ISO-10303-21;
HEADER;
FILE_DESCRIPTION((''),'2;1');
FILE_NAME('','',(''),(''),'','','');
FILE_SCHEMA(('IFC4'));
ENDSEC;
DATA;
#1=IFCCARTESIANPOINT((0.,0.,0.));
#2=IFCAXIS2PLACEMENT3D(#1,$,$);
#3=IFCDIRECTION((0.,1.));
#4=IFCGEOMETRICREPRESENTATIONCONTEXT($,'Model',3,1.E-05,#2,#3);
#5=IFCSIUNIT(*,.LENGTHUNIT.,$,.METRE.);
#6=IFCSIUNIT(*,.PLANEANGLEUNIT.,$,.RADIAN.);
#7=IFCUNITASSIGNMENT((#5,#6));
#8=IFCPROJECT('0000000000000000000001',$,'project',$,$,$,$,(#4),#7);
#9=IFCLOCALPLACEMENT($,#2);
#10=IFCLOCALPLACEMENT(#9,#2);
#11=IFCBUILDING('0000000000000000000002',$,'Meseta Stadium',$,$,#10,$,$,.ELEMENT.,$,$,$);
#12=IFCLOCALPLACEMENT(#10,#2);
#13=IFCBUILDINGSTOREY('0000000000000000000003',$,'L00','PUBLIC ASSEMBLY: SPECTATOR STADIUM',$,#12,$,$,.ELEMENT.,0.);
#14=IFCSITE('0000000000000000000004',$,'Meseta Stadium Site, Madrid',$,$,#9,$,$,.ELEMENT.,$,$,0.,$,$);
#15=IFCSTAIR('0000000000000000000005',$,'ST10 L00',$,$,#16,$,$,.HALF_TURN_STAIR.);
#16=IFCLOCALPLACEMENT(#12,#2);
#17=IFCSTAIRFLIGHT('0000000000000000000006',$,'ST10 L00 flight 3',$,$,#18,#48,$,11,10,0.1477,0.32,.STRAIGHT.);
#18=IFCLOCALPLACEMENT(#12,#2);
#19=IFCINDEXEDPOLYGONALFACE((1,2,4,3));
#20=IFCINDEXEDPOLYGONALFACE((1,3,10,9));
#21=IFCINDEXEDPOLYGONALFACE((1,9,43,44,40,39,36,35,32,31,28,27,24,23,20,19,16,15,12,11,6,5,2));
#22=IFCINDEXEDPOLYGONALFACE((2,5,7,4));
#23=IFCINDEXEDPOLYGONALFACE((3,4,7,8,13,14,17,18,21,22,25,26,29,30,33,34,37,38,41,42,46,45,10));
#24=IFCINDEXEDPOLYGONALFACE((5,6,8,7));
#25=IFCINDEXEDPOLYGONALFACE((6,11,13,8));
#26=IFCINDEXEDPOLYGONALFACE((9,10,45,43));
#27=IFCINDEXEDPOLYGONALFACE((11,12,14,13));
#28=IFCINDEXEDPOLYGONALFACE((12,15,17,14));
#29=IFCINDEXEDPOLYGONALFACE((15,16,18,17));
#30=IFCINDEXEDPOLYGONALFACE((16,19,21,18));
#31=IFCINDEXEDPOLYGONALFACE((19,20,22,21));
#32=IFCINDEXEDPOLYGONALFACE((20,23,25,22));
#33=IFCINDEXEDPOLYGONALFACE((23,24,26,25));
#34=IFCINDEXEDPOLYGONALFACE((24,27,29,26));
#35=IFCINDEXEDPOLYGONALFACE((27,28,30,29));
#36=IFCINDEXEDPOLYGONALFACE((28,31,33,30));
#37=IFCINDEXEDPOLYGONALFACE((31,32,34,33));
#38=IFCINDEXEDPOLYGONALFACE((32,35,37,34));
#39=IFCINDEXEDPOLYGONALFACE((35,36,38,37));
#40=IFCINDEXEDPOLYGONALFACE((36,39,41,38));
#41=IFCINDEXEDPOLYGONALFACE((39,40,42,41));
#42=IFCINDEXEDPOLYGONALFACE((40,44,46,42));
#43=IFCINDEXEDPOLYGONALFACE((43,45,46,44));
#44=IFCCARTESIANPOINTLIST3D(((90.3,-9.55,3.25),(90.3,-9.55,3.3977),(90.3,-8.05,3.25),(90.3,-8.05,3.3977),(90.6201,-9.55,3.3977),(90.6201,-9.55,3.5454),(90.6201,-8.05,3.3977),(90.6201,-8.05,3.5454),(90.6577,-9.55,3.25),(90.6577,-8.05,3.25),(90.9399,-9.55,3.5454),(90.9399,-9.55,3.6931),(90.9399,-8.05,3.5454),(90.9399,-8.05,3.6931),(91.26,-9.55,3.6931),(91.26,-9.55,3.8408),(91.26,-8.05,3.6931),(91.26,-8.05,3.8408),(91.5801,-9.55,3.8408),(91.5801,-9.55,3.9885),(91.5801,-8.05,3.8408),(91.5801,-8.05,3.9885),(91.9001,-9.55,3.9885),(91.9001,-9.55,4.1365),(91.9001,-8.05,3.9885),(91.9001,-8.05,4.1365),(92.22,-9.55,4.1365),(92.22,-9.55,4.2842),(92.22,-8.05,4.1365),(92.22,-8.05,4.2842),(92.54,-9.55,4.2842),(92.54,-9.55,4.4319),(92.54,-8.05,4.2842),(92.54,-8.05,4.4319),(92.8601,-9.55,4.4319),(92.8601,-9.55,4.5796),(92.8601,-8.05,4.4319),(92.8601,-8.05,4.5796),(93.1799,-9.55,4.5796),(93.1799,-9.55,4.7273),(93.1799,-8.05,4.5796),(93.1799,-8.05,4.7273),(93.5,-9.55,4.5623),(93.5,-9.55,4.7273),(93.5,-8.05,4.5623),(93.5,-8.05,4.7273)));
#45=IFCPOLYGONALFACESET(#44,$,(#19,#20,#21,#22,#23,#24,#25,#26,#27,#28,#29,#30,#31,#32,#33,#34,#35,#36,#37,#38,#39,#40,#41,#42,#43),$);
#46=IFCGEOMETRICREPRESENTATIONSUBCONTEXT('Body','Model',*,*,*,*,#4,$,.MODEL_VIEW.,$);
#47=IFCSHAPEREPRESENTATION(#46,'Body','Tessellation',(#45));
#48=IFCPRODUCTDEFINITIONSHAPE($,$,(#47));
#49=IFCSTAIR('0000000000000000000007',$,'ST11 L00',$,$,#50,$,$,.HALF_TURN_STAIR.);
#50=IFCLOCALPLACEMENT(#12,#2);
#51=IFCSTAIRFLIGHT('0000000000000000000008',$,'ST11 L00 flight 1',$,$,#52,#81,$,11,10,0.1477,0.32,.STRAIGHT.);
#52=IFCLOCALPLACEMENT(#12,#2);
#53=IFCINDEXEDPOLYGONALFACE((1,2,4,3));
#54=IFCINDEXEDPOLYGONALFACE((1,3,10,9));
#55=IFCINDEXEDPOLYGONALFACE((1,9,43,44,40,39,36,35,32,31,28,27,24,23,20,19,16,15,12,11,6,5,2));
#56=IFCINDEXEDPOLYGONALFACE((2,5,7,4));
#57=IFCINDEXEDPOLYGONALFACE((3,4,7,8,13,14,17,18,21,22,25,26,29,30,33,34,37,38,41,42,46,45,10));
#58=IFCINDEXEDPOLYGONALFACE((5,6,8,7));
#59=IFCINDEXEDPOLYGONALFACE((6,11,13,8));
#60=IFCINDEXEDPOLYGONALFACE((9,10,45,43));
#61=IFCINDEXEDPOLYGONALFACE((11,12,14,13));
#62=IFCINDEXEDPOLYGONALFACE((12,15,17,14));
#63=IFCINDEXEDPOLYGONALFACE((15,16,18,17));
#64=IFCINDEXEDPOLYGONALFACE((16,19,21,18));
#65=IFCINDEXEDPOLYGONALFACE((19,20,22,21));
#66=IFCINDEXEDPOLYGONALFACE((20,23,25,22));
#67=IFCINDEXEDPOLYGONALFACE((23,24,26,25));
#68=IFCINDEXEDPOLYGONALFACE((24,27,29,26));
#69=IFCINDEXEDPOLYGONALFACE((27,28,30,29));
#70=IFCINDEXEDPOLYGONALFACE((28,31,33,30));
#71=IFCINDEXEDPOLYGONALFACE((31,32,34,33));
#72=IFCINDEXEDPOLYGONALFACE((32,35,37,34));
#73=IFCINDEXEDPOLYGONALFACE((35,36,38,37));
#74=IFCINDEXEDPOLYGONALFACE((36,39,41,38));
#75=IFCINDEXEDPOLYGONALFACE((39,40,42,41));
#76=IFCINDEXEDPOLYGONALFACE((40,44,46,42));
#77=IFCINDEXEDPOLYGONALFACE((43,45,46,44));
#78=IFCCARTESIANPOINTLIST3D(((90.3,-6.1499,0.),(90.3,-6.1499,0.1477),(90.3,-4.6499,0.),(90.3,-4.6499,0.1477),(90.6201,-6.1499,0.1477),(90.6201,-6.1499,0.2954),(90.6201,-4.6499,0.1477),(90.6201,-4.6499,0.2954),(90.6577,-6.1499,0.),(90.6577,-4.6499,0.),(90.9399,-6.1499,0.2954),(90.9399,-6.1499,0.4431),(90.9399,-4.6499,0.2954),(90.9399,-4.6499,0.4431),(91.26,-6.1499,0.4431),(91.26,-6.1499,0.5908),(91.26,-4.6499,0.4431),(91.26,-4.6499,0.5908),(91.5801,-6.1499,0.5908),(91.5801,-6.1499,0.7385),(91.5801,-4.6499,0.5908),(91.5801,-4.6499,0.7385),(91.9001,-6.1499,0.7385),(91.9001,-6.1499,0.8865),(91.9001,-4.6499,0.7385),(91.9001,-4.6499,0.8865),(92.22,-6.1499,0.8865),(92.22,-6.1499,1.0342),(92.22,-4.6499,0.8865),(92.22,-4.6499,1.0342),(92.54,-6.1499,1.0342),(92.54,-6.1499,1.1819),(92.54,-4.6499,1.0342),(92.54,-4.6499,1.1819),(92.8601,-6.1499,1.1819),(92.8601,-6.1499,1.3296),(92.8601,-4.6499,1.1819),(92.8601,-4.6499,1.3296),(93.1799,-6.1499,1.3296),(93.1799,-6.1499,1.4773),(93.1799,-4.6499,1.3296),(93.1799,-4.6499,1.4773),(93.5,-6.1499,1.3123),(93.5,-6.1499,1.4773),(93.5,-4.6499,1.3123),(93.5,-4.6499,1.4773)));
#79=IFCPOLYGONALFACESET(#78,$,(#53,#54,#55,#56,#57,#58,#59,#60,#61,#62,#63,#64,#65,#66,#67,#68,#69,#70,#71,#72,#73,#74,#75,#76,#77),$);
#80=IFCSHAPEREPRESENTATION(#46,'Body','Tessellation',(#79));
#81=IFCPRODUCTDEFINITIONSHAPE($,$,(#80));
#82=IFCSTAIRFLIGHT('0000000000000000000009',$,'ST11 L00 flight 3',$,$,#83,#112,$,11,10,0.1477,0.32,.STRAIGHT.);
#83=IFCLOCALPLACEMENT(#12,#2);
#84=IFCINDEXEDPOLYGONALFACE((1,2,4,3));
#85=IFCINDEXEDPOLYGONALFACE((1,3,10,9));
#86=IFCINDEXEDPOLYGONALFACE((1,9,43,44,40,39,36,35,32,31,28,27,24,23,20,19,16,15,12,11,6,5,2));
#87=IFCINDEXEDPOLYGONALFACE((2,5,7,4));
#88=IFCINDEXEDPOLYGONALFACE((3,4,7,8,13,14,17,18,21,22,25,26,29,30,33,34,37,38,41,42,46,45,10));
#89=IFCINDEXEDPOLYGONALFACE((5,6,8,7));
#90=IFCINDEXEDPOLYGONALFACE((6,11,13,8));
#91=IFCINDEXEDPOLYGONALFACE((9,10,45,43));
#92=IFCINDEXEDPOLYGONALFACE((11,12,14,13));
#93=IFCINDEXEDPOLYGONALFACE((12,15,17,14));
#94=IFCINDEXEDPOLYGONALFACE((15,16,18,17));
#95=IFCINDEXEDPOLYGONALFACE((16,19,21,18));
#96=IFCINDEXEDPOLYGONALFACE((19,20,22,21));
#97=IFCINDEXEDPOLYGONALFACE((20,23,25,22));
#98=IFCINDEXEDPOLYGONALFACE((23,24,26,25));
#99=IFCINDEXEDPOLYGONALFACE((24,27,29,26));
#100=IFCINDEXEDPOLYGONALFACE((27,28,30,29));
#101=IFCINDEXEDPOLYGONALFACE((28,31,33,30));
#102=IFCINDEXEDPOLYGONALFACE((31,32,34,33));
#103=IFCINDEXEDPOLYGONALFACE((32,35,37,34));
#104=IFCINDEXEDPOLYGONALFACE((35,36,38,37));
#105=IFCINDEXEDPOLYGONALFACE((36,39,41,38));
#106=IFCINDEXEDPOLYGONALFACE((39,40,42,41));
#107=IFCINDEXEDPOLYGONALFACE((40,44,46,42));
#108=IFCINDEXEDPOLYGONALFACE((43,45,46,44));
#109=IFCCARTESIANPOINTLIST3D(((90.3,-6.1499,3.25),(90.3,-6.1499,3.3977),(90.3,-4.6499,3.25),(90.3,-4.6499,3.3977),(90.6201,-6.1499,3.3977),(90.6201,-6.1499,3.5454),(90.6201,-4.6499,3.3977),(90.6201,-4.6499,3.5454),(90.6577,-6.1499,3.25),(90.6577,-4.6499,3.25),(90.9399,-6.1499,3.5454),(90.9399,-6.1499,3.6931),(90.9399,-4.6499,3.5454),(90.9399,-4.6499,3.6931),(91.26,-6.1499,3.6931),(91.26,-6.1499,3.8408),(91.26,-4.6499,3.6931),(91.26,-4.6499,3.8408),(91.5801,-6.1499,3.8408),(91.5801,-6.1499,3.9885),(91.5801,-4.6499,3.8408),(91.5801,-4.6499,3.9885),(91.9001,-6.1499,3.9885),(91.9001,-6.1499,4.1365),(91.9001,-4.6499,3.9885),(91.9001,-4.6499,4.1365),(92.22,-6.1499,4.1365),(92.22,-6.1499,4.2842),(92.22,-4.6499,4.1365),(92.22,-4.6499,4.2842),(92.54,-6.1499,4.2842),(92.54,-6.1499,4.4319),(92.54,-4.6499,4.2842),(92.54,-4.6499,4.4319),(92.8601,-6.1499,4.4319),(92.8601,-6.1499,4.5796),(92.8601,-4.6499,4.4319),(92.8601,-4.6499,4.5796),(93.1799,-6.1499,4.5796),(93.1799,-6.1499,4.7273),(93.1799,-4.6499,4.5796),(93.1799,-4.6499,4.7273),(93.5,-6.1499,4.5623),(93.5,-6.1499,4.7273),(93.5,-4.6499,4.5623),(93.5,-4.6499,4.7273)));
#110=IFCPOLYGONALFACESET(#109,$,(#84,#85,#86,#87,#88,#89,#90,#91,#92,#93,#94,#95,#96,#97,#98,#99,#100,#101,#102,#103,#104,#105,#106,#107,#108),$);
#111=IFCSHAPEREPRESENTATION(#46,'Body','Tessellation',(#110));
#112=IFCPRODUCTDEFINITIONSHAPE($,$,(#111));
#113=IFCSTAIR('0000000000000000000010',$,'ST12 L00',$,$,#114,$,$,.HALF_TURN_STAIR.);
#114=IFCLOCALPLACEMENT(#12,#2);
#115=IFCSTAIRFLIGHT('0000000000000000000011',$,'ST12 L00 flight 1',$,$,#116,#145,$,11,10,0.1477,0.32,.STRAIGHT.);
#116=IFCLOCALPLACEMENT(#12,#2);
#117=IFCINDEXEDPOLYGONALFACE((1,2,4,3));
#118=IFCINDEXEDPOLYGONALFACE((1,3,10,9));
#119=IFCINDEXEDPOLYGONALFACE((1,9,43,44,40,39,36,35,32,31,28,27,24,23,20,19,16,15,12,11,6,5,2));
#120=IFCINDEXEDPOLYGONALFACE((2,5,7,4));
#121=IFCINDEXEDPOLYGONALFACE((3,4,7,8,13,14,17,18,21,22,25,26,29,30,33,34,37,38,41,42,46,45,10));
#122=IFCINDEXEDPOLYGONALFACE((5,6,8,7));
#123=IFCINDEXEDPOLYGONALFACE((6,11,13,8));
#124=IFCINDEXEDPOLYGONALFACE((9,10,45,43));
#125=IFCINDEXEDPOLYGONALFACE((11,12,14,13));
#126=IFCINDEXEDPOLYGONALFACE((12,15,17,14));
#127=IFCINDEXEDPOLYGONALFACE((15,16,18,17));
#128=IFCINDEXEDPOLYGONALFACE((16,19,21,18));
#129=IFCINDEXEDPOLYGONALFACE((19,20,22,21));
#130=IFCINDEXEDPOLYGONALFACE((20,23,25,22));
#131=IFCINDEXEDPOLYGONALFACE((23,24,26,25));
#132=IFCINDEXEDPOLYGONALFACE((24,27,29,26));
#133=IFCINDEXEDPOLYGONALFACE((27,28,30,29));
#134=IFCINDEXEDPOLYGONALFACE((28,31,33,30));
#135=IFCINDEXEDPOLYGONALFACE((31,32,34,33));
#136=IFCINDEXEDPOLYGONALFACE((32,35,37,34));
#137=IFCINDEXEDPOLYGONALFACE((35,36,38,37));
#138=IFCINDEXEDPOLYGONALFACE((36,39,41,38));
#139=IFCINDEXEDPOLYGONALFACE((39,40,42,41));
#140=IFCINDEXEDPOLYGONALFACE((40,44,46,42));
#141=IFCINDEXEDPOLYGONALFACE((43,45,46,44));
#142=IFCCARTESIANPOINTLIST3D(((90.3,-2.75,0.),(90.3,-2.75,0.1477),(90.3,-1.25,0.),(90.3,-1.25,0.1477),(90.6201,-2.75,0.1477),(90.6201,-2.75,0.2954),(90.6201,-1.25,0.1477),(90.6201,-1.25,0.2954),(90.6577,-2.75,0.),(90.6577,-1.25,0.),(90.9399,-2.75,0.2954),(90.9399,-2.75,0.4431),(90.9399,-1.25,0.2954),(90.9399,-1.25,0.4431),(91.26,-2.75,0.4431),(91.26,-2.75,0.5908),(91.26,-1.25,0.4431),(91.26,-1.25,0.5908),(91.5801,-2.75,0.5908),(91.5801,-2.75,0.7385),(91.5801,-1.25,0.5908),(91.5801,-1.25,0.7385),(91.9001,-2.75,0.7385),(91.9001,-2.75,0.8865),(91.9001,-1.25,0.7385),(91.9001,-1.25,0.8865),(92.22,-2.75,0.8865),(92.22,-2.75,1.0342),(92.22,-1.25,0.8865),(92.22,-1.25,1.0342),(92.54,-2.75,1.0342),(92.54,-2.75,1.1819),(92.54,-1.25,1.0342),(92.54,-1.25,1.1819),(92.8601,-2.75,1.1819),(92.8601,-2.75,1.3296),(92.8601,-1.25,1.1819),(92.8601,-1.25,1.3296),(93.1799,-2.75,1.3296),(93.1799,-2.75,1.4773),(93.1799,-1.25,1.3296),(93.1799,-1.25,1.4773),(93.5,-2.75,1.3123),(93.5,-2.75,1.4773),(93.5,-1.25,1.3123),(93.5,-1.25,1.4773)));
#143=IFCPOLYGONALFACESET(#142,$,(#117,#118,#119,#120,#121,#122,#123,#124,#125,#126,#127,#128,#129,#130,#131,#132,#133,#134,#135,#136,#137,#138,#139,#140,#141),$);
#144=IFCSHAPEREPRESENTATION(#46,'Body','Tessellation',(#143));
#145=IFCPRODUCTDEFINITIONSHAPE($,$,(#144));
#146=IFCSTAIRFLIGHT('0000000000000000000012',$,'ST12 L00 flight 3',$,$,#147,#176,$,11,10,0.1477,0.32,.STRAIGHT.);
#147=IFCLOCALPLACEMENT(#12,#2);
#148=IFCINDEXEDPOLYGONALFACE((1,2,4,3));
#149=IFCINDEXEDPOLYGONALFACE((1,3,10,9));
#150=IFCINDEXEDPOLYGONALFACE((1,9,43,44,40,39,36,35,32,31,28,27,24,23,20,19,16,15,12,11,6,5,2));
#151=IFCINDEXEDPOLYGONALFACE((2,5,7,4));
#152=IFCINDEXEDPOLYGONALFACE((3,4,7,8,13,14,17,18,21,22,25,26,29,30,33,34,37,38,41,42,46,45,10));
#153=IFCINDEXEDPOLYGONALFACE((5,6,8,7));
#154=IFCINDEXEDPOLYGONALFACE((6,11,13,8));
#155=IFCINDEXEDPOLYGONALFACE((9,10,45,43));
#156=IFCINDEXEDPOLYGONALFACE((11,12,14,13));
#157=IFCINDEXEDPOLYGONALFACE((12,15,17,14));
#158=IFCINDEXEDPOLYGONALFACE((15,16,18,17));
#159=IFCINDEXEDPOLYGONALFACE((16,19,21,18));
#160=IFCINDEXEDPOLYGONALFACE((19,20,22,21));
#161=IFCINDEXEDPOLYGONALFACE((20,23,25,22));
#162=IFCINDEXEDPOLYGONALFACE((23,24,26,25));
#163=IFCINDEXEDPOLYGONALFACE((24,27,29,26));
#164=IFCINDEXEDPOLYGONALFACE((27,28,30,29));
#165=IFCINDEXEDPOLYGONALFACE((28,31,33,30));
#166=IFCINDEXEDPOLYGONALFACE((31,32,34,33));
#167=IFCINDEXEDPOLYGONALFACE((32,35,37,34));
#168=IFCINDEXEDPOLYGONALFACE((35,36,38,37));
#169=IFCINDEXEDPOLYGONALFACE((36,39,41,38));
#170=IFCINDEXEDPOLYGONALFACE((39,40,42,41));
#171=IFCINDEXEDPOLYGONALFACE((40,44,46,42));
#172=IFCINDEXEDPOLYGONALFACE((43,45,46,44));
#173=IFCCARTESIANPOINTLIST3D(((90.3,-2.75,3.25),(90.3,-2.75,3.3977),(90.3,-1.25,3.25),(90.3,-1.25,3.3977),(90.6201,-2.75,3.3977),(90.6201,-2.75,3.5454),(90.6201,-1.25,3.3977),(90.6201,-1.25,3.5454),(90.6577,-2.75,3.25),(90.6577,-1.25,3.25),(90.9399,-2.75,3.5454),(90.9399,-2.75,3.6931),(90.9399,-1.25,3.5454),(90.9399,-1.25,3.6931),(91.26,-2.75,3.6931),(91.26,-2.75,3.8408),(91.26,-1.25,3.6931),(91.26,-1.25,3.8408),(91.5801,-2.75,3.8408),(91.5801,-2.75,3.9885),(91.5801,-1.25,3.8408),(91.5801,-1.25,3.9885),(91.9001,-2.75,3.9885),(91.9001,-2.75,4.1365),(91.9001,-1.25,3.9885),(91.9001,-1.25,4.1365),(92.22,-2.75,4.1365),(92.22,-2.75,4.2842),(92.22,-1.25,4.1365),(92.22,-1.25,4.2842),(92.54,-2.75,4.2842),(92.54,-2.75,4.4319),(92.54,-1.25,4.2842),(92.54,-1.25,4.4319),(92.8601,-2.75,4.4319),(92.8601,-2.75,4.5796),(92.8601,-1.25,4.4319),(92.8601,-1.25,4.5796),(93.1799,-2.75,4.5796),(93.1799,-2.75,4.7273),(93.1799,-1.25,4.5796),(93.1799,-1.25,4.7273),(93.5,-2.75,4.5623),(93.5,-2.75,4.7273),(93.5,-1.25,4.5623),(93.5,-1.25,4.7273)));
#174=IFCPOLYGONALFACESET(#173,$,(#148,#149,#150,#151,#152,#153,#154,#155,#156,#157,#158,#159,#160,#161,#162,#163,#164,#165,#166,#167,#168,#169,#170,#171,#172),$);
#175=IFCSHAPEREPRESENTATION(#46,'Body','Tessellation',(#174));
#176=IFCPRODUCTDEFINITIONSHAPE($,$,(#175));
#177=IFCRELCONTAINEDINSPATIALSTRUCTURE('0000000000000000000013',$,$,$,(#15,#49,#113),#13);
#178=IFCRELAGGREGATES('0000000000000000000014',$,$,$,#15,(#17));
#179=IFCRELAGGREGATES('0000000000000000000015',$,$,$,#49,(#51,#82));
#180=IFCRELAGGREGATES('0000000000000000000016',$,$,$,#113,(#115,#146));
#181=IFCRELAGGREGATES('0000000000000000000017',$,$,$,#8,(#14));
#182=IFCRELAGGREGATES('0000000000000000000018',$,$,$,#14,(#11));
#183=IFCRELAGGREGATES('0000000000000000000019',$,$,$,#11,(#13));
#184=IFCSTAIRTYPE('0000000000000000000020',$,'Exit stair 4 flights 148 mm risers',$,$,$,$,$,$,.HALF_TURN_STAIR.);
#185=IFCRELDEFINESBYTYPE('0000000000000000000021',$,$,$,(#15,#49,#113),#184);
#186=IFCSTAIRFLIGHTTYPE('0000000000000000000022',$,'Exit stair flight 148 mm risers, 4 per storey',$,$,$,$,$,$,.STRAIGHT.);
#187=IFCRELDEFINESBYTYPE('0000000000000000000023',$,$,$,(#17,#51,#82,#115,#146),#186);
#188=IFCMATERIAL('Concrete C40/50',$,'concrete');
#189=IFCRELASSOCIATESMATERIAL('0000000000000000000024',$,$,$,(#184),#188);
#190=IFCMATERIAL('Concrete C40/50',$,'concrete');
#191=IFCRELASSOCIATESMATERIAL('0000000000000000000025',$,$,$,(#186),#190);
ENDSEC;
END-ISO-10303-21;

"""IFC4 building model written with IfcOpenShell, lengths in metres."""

from ifc_helpers import new_model, si_unit, direction, frame, origin, place, context, subcontext, project, spatial, polyline, outline, extrude, material, type_object, element, aggregate, save


model = new_model("IFC4")

# Units and contexts
model_context = context("Model", 3, precision=1e-05, world=origin(), true_north=direction((0.0, 1.0)))
body_context = subcontext(model_context, "Body", "Model", "MODEL_VIEW")
ifc_project = project(units=[si_unit("LENGTHUNIT", "METRE"), si_unit("PLANEANGLEUNIT", "RADIAN")], contexts=[model_context])

# Site, building, storey
site_placement = place(None, origin())
site = spatial("IfcSite", under=ifc_project, at=site_placement, Name="Meseta Stadium Site, Madrid", CompositionType="ELEMENT", RefElevation=0.0)
building_placement = place(site_placement, origin())
building = spatial("IfcBuilding", under=site, at=building_placement, Name="Meseta Stadium", CompositionType="ELEMENT")
storey_placement = place(building_placement, origin())
storey = spatial("IfcBuildingStorey", under=building, at=storey_placement, Name="L00", Description="PUBLIC ASSEMBLY: SPECTATOR STADIUM", CompositionType="ELEMENT", Elevation=0.0)

# Shared definitions
ifc_material_1 = material(Name="Concrete C40/50", Category="concrete")
stair_type = type_object("IfcStairType", Name="Exit stair 4 flights 148 mm risers", PredefinedType="HALF_TURN_STAIR", material=ifc_material_1)
ifc_material_2 = material(Name="Concrete C40/50", Category="concrete")
stair_flight_type = type_object("IfcStairFlightType", Name="Exit stair flight 148 mm risers, 4 per storey", PredefinedType="STRAIGHT", material=ifc_material_2)

# Stairs, stair flights
stair_1_placement = place(storey_placement, origin())
stair_1 = element("IfcStair", 1, at=stair_1_placement, inside=storey, type_object=stair_type, Name="ST10 L00", PredefinedType="HALF_TURN_STAIR")
stair_flight_1_placement = place(storey_placement, frame((90.3, -8.8, 3.25), z_axis=(0.0, 0.0, 1.0), x_axis=(1.0, 0.0, 0.0)))
stair_flight_1 = element("IfcStairFlight", 2, at=stair_flight_1_placement, type_object=stair_flight_type, Name="ST10 L00 flight 3", NumberOfRisers=11, NumberOfTreads=10, PredefinedType="STRAIGHT", RiserHeight=0.1477, TreadLength=0.32, context=body_context, shape_type="SweptSolid", body=[
    extrude(outline(polyline([(0.0, 0.0), (0.0, 0.1477), (0.3201, 0.1477), (0.3201, 0.2954), (0.6399, 0.2954), (0.6399, 0.4431), (0.96, 0.4431), (0.96, 0.5908), (1.28, 0.5908), (1.28, 0.7385), (1.6001, 0.7385), (1.6001, 0.8865), (1.9199, 0.8865), (1.9199, 1.0342), (2.24, 1.0342), (2.24, 1.1819), (2.5601, 1.1819), (2.5601, 1.3296), (2.8799, 1.3296), (2.8799, 1.4773), (3.2, 1.4773), (3.2, 1.3123), (0.3577, 0.0), (0.0, 0.0)])), frame((0.0, 0.75, 0.0), z_axis=(0.0, -1.0, 0.0), x_axis=(1.0, 0.0, 0.0)), (0.0, 0.0, 1.0), 1.5),
])
aggregate(stair_1, [stair_flight_1])
stair_2_placement = place(storey_placement, origin())
stair_2 = element("IfcStair", 3, at=stair_2_placement, inside=storey, type_object=stair_type, Name="ST11 L00", PredefinedType="HALF_TURN_STAIR")
stair_flight_2_placement = place(storey_placement, frame((90.3, -5.3999, 0.0), z_axis=(0.0, 0.0, 1.0), x_axis=(1.0, 0.0, 0.0)))
stair_flight_2 = element("IfcStairFlight", 4, at=stair_flight_2_placement, type_object=stair_flight_type, Name="ST11 L00 flight 1", NumberOfRisers=11, NumberOfTreads=10, PredefinedType="STRAIGHT", RiserHeight=0.1477, TreadLength=0.32, context=body_context, shape_type="SweptSolid", body=[
    extrude(outline(polyline([(0.0, 0.0), (0.0, 0.1477), (0.3201, 0.1477), (0.3201, 0.2954), (0.6399, 0.2954), (0.6399, 0.4431), (0.96, 0.4431), (0.96, 0.5908), (1.28, 0.5908), (1.28, 0.7385), (1.6001, 0.7385), (1.6001, 0.8865), (1.9199, 0.8865), (1.9199, 1.0342), (2.24, 1.0342), (2.24, 1.1819), (2.5601, 1.1819), (2.5601, 1.3296), (2.8799, 1.3296), (2.8799, 1.4773), (3.2, 1.4773), (3.2, 1.3123), (0.3577, 0.0), (0.0, 0.0)])), frame((0.0, 0.75, 0.0), z_axis=(0.0, -1.0, 0.0), x_axis=(1.0, 0.0, 0.0)), (0.0, 0.0, 1.0), 1.5),
])
stair_flight_3_placement = place(storey_placement, frame((90.3, -5.3999, 3.25), z_axis=(0.0, 0.0, 1.0), x_axis=(1.0, 0.0, 0.0)))
stair_flight_3 = element("IfcStairFlight", 5, at=stair_flight_3_placement, type_object=stair_flight_type, Name="ST11 L00 flight 3", NumberOfRisers=11, NumberOfTreads=10, PredefinedType="STRAIGHT", RiserHeight=0.1477, TreadLength=0.32, context=body_context, shape_type="SweptSolid", body=[
    extrude(outline(polyline([(0.0, 0.0), (0.0, 0.1477), (0.3201, 0.1477), (0.3201, 0.2954), (0.6399, 0.2954), (0.6399, 0.4431), (0.96, 0.4431), (0.96, 0.5908), (1.28, 0.5908), (1.28, 0.7385), (1.6001, 0.7385), (1.6001, 0.8865), (1.9199, 0.8865), (1.9199, 1.0342), (2.24, 1.0342), (2.24, 1.1819), (2.5601, 1.1819), (2.5601, 1.3296), (2.8799, 1.3296), (2.8799, 1.4773), (3.2, 1.4773), (3.2, 1.3123), (0.3577, 0.0), (0.0, 0.0)])), frame((0.0, 0.75, 0.0), z_axis=(0.0, -1.0, 0.0), x_axis=(1.0, 0.0, 0.0)), (0.0, 0.0, 1.0), 1.5),
])
aggregate(stair_2, [stair_flight_2, stair_flight_3])
stair_3_placement = place(storey_placement, origin())
stair_3 = element("IfcStair", 6, at=stair_3_placement, inside=storey, type_object=stair_type, Name="ST12 L00", PredefinedType="HALF_TURN_STAIR")
stair_flight_4_placement = place(storey_placement, frame((90.3, -2.0, 0.0), z_axis=(0.0, 0.0, 1.0), x_axis=(1.0, 0.0, 0.0)))
stair_flight_4 = element("IfcStairFlight", 7, at=stair_flight_4_placement, type_object=stair_flight_type, Name="ST12 L00 flight 1", NumberOfRisers=11, NumberOfTreads=10, PredefinedType="STRAIGHT", RiserHeight=0.1477, TreadLength=0.32, context=body_context, shape_type="SweptSolid", body=[
    extrude(outline(polyline([(0.0, 0.0), (0.0, 0.1477), (0.3201, 0.1477), (0.3201, 0.2954), (0.6399, 0.2954), (0.6399, 0.4431), (0.96, 0.4431), (0.96, 0.5908), (1.28, 0.5908), (1.28, 0.7385), (1.6001, 0.7385), (1.6001, 0.8865), (1.9199, 0.8865), (1.9199, 1.0342), (2.24, 1.0342), (2.24, 1.1819), (2.5601, 1.1819), (2.5601, 1.3296), (2.8799, 1.3296), (2.8799, 1.4773), (3.2, 1.4773), (3.2, 1.3123), (0.3577, 0.0), (0.0, 0.0)])), frame((0.0, 0.75, 0.0), z_axis=(0.0, -1.0, 0.0), x_axis=(1.0, 0.0, 0.0)), (0.0, 0.0, 1.0), 1.5),
])
stair_flight_5_placement = place(storey_placement, frame((90.3, -2.0, 3.25), z_axis=(0.0, 0.0, 1.0), x_axis=(1.0, 0.0, 0.0)))
stair_flight_5 = element("IfcStairFlight", 8, at=stair_flight_5_placement, type_object=stair_flight_type, Name="ST12 L00 flight 3", NumberOfRisers=11, NumberOfTreads=10, PredefinedType="STRAIGHT", RiserHeight=0.1477, TreadLength=0.32, context=body_context, shape_type="SweptSolid", body=[
    extrude(outline(polyline([(0.0, 0.0), (0.0, 0.1477), (0.3201, 0.1477), (0.3201, 0.2954), (0.6399, 0.2954), (0.6399, 0.4431), (0.96, 0.4431), (0.96, 0.5908), (1.28, 0.5908), (1.28, 0.7385), (1.6001, 0.7385), (1.6001, 0.8865), (1.9199, 0.8865), (1.9199, 1.0342), (2.24, 1.0342), (2.24, 1.1819), (2.5601, 1.1819), (2.5601, 1.3296), (2.8799, 1.3296), (2.8799, 1.4773), (3.2, 1.4773), (3.2, 1.3123), (0.3577, 0.0), (0.0, 0.0)])), frame((0.0, 0.75, 0.0), z_axis=(0.0, -1.0, 0.0), x_axis=(1.0, 0.0, 0.0)), (0.0, 0.0, 1.0), 1.5),
])
aggregate(stair_3, [stair_flight_4, stair_flight_5])

save(model, "model.ifc")
